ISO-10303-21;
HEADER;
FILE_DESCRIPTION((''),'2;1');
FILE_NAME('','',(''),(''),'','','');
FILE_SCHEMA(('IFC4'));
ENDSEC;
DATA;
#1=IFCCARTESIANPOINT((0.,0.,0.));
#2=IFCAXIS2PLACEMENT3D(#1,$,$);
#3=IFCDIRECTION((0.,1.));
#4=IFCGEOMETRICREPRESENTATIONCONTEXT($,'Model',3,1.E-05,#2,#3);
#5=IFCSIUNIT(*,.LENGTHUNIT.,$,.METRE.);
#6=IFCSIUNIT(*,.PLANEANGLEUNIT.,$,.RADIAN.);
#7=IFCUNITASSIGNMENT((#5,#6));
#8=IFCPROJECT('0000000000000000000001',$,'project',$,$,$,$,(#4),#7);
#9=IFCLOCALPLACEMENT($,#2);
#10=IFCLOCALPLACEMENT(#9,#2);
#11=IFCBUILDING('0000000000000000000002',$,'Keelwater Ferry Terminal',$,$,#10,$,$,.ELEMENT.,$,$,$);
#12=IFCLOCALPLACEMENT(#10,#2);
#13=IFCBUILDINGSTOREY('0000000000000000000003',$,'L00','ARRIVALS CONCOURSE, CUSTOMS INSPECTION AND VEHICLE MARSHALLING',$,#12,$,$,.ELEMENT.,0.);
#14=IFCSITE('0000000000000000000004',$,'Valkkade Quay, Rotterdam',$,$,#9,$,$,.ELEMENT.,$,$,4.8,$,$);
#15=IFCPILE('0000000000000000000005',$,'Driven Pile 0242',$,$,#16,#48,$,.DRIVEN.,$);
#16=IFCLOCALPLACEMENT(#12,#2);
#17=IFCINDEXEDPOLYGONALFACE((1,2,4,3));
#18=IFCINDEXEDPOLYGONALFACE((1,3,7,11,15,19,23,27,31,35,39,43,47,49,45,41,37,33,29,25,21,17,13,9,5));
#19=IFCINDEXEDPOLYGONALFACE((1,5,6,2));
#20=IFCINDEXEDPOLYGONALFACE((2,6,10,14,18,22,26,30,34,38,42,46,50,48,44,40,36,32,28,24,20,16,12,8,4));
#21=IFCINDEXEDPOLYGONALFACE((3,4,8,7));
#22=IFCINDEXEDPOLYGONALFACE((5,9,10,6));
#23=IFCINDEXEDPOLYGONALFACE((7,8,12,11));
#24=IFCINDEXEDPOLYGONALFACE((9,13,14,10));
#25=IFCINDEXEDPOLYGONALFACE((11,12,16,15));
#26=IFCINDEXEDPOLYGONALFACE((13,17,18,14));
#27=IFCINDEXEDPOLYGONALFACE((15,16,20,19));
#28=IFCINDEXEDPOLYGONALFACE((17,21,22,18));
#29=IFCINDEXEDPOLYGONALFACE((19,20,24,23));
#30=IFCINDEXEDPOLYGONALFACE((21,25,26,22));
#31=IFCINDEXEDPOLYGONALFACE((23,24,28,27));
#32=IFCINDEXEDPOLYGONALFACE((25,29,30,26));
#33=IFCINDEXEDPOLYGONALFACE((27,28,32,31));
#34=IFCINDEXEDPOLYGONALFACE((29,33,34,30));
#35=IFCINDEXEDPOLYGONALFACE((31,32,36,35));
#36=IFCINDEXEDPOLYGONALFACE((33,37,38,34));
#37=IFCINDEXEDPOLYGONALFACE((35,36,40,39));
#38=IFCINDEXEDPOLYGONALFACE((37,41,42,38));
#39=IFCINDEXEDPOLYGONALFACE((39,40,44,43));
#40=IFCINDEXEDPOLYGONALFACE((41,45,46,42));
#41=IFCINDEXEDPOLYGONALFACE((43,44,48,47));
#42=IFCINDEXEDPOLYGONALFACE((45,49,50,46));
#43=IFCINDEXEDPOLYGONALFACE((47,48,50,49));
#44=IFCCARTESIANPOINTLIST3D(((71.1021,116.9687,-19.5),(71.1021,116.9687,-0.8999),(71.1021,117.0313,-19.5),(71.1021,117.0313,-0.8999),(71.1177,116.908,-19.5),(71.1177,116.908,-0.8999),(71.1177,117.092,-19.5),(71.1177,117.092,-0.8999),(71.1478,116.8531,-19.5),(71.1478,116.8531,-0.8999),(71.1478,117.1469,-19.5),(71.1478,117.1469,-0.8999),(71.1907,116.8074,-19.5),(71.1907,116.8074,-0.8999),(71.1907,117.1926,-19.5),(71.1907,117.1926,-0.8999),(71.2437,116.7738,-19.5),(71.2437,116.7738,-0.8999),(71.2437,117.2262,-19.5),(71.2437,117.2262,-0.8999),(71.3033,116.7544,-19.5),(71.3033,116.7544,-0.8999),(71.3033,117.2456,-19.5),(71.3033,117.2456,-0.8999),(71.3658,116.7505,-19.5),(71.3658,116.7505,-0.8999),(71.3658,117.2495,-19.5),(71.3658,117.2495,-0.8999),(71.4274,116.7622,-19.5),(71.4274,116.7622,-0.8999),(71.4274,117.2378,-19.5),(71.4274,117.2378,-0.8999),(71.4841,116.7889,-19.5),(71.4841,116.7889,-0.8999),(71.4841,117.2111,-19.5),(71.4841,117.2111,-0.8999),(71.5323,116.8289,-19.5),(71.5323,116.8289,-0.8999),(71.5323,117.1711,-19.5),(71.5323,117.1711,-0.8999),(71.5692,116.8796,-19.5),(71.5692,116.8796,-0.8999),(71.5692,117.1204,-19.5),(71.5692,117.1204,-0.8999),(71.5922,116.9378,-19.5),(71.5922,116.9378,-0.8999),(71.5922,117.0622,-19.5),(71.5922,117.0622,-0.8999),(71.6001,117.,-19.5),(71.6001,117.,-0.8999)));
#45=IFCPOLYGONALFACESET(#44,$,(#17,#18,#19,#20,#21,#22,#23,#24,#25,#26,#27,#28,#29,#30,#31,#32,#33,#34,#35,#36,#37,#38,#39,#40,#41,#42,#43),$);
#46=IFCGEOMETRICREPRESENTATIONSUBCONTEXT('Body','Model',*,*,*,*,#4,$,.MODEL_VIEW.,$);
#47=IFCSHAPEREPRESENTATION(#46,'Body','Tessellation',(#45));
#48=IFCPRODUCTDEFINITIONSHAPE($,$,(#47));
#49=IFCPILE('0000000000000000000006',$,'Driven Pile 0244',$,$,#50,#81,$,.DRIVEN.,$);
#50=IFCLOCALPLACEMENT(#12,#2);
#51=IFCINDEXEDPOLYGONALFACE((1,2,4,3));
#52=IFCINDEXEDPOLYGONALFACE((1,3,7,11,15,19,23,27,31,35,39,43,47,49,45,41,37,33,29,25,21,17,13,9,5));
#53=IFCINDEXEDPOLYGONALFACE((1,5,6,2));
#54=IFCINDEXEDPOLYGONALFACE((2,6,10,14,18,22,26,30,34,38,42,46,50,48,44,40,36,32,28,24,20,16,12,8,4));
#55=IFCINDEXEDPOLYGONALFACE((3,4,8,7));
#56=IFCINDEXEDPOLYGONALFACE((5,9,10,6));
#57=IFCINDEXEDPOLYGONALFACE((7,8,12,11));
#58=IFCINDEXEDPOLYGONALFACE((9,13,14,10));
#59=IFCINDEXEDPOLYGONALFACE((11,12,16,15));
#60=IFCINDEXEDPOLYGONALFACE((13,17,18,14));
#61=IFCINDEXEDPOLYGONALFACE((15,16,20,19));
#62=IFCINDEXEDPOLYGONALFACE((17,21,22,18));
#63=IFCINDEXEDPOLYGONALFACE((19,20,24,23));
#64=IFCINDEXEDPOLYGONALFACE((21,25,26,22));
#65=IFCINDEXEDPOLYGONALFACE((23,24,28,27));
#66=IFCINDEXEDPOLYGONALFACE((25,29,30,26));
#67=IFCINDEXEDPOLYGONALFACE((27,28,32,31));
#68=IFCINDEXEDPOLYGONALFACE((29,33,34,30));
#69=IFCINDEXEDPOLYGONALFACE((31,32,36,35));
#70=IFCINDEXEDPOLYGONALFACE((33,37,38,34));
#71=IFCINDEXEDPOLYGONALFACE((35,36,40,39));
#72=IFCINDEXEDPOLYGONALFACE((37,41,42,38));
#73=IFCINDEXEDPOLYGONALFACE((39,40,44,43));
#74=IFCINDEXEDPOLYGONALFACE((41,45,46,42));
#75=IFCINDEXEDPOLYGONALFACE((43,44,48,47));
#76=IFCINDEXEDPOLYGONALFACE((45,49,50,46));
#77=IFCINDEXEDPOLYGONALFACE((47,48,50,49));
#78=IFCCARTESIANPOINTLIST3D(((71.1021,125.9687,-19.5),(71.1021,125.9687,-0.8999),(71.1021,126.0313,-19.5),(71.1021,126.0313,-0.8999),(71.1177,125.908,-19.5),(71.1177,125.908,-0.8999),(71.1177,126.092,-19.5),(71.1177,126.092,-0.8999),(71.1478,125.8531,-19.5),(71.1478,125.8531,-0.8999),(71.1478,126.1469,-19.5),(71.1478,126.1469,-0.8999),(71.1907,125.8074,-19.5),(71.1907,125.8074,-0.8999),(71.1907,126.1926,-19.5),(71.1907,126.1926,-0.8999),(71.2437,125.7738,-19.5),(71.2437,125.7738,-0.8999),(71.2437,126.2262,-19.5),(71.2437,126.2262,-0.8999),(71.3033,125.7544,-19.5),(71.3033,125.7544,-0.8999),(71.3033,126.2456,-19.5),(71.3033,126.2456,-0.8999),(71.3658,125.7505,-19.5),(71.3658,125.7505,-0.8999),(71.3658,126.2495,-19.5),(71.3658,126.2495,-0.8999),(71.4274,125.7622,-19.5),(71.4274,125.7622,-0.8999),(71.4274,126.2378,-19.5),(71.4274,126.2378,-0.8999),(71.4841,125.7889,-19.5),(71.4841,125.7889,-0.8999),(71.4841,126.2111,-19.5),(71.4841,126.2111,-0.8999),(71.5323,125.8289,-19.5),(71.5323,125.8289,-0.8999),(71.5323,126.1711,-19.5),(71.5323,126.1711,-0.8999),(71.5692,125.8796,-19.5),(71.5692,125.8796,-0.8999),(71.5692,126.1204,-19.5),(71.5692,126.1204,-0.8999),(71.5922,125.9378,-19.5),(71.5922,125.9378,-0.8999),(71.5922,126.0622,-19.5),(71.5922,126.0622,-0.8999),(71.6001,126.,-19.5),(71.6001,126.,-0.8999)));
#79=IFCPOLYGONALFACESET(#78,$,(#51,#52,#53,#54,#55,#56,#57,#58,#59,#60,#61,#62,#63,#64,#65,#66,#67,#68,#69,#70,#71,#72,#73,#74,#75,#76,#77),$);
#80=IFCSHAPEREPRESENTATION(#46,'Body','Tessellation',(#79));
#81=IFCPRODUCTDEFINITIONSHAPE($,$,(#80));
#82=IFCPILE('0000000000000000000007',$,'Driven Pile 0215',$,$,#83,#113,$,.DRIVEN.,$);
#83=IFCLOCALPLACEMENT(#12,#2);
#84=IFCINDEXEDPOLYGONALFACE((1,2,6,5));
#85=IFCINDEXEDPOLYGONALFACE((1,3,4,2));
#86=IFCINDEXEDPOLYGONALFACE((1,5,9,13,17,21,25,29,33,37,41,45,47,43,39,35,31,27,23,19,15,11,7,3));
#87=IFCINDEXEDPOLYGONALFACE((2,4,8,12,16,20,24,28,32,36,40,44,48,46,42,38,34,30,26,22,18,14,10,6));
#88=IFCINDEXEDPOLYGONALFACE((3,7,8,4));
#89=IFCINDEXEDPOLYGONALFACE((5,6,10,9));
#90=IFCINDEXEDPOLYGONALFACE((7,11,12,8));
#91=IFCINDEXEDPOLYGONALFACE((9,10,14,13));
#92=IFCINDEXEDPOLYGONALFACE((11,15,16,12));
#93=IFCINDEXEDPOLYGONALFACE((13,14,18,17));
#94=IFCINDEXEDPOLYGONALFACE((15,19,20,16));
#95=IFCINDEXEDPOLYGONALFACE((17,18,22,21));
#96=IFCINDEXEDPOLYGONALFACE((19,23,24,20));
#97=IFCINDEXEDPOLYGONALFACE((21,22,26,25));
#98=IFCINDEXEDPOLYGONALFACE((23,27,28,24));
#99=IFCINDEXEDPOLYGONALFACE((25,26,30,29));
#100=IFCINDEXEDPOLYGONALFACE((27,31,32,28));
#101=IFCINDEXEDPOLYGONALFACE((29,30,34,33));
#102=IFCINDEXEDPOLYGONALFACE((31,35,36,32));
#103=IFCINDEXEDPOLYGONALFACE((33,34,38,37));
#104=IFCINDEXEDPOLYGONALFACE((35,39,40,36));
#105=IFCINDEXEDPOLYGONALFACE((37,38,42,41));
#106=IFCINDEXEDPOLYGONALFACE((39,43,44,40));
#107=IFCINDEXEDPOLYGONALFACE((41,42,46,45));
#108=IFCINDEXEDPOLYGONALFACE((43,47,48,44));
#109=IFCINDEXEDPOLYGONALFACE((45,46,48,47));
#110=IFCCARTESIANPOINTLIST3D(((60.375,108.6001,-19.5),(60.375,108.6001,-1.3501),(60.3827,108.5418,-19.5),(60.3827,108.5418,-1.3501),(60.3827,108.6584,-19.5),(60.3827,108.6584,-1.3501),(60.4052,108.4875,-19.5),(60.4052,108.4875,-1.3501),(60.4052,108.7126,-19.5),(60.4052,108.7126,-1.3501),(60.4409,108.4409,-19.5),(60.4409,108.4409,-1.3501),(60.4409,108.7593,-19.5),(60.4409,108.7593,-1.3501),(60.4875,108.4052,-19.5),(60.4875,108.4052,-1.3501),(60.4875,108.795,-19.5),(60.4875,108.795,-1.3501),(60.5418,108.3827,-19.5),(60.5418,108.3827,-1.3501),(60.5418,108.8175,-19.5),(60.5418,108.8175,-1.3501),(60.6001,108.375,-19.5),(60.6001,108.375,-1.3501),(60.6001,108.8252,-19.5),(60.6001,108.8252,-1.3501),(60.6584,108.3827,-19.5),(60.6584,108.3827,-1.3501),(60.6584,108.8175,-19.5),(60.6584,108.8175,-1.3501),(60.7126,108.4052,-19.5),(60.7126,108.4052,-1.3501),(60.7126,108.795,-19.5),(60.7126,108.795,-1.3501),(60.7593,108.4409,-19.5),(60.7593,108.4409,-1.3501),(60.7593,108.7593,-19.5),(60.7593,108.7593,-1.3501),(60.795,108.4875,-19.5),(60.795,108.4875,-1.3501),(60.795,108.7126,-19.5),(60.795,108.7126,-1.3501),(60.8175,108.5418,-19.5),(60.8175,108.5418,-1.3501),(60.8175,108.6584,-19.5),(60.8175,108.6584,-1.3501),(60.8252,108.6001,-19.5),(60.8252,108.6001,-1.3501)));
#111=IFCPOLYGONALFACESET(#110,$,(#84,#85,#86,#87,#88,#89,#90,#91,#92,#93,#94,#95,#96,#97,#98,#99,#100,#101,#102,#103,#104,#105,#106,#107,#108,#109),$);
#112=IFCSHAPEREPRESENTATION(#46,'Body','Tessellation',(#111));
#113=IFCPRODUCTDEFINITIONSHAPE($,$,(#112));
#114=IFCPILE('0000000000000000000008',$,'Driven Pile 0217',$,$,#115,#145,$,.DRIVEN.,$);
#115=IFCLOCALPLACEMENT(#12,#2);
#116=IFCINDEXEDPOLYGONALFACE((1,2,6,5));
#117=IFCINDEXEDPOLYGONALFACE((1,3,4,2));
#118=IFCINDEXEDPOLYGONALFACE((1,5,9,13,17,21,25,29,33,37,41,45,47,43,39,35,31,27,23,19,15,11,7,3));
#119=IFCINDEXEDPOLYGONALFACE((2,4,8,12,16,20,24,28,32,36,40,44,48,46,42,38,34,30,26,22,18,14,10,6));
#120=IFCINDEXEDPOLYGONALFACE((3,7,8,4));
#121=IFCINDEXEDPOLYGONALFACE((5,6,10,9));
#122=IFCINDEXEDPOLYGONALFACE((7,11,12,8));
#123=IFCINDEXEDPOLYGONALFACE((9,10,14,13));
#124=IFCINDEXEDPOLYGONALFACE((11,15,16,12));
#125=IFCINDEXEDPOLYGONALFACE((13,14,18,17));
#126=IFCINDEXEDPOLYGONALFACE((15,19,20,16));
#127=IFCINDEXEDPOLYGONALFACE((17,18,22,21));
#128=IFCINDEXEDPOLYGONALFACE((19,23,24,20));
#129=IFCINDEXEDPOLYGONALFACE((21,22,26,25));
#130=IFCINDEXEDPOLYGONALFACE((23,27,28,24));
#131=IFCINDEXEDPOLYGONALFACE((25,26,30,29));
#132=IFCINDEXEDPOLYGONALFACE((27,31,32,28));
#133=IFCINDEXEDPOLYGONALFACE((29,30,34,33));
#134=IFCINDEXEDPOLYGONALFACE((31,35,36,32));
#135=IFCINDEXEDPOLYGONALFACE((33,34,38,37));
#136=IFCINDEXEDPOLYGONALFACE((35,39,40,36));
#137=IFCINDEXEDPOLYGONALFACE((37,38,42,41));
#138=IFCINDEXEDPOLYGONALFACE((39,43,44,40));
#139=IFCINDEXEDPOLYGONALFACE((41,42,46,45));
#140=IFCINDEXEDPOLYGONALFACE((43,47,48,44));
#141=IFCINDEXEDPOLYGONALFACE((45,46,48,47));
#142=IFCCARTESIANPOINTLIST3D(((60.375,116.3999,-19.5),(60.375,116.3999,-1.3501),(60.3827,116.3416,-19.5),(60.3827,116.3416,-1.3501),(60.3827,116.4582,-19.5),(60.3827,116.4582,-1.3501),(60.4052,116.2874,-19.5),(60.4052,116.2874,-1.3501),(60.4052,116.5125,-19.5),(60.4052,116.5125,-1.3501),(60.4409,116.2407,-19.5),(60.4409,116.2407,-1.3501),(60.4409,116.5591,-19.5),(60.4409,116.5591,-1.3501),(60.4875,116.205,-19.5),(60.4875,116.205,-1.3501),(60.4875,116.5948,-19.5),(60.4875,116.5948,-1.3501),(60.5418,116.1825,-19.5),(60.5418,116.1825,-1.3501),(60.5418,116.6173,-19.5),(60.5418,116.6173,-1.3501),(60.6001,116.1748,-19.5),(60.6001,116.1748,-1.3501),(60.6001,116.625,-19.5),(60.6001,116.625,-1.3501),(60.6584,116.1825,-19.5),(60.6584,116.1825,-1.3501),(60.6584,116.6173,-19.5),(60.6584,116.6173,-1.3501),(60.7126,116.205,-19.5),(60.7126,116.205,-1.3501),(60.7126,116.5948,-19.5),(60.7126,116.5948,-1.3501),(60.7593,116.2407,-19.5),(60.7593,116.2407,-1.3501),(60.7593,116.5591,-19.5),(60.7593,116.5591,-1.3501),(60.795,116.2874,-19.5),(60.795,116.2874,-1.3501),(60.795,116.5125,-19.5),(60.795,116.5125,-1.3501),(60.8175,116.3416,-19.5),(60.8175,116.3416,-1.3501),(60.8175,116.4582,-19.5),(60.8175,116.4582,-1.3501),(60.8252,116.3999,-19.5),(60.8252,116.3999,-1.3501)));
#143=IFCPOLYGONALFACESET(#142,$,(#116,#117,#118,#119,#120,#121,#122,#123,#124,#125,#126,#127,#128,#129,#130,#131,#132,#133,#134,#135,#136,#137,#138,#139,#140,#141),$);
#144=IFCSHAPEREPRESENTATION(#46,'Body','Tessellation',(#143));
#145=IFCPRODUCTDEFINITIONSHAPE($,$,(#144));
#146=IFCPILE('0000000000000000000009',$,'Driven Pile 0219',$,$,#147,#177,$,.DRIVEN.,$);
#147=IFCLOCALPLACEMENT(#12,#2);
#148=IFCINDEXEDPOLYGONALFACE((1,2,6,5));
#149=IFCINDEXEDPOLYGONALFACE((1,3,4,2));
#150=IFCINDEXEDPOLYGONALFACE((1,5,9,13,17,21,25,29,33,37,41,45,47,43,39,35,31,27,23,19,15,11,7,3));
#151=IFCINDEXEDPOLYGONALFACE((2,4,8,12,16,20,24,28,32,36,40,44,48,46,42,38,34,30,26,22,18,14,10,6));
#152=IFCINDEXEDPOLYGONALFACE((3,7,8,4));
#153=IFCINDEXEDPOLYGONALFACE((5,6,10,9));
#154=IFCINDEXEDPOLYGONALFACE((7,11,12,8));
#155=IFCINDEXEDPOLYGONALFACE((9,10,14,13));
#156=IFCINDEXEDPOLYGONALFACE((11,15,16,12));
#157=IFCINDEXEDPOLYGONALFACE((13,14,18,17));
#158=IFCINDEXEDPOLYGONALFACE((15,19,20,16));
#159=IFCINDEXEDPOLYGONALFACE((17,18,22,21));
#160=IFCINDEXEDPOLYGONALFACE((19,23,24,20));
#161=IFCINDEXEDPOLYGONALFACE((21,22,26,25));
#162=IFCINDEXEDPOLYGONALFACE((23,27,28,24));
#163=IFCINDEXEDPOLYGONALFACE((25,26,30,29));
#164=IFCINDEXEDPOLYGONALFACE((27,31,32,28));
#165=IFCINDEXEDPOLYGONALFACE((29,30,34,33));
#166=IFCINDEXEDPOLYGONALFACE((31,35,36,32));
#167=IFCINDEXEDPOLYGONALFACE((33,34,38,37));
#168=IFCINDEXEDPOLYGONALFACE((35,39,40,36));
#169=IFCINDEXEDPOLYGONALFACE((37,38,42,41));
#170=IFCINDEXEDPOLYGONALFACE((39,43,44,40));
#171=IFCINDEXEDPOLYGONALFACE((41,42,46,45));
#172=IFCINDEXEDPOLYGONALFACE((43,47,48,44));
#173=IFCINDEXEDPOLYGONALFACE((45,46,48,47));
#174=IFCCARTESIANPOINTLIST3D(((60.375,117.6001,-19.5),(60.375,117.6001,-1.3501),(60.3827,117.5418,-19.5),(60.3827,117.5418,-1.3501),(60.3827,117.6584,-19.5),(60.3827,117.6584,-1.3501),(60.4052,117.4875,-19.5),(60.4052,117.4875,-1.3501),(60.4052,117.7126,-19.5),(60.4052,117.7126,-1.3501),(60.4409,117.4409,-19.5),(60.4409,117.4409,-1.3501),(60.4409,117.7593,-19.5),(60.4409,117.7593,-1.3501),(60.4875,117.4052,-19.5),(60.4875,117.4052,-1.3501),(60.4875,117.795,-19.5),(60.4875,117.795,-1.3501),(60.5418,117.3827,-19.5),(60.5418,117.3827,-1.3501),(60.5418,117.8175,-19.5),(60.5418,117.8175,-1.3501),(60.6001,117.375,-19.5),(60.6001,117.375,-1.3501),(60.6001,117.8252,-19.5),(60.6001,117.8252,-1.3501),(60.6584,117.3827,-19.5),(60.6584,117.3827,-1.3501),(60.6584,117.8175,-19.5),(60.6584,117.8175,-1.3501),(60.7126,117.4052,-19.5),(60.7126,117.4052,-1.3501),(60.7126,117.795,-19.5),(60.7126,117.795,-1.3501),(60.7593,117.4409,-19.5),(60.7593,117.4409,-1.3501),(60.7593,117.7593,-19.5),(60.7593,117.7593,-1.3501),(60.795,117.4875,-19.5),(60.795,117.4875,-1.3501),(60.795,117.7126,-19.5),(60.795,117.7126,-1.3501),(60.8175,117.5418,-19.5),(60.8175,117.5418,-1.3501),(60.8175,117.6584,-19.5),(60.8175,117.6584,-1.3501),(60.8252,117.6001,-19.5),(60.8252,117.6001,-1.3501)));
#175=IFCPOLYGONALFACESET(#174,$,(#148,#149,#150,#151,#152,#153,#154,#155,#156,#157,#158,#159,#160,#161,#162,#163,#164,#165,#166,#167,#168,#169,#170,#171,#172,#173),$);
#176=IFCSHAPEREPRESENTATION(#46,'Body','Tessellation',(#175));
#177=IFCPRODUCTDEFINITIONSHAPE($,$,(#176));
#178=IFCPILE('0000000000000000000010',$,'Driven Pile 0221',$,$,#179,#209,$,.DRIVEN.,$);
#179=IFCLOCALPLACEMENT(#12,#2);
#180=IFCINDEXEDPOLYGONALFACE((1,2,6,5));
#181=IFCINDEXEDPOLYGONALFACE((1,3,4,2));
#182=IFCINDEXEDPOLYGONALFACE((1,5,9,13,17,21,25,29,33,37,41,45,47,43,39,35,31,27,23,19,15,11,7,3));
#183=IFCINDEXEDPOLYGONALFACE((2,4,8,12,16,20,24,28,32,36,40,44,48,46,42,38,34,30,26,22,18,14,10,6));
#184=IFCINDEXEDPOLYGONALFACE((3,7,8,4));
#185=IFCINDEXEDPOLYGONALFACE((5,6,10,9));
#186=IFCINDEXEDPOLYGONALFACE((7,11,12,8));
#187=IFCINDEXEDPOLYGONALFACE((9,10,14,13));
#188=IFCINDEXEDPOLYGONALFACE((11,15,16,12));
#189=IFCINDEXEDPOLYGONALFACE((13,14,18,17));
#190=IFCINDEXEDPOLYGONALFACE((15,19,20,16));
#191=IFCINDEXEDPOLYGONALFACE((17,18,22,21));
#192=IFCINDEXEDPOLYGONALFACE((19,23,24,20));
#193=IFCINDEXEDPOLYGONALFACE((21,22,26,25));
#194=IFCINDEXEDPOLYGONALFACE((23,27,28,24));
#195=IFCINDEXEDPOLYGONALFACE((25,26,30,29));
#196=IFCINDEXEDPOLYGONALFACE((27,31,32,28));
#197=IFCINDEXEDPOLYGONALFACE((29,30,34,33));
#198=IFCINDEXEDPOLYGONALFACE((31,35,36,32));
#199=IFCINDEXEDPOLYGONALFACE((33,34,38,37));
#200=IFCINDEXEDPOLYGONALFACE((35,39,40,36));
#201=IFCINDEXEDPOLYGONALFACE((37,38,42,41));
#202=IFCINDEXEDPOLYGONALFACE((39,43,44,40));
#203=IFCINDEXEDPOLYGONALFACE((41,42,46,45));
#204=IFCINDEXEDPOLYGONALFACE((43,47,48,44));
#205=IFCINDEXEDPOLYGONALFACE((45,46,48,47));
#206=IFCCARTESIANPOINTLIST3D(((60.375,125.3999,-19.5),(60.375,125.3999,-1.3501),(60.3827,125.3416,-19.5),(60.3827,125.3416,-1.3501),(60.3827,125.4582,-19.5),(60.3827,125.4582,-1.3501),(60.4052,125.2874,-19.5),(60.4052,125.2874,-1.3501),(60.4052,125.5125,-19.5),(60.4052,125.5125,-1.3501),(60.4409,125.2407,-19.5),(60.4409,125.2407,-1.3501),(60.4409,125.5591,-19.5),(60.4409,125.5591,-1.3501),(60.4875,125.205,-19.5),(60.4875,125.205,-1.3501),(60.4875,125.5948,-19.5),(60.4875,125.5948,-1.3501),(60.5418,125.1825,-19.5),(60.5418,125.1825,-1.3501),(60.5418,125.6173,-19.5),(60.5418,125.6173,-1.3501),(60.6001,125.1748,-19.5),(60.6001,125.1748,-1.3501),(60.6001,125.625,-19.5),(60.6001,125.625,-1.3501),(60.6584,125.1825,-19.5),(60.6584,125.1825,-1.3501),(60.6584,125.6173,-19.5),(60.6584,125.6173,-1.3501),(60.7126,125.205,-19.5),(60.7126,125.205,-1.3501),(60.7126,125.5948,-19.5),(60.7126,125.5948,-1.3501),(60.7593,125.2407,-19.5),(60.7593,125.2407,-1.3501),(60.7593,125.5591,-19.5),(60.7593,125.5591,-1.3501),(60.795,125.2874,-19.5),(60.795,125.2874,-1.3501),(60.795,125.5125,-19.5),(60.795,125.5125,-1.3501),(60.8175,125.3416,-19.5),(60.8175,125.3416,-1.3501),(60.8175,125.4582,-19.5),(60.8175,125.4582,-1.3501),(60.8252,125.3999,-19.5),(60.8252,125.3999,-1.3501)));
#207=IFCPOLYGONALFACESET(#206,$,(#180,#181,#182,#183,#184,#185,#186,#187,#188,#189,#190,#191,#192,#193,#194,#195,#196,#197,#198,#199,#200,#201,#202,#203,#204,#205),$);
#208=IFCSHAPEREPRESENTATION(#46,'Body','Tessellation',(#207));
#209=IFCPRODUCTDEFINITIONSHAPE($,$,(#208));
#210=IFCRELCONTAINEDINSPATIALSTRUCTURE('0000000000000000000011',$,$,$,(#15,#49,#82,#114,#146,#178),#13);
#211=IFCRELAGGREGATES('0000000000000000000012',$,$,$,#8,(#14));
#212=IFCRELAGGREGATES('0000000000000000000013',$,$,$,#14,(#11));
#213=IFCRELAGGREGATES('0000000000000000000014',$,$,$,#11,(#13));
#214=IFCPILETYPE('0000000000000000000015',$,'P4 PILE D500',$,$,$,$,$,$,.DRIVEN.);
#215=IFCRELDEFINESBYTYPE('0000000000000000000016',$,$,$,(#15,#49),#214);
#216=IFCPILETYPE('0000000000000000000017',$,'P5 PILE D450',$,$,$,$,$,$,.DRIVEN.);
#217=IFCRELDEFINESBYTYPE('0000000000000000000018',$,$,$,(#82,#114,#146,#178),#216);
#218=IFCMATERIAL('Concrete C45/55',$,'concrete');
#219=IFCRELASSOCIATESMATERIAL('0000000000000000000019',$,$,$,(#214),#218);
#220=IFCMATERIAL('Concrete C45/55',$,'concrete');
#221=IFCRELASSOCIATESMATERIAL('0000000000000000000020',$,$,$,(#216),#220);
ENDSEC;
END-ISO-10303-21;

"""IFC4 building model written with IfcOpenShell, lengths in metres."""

from ifc_helpers import new_model, si_unit, direction, frame, origin, origin_2d, place, context, subcontext, project, spatial, circle, extrude, material, material_profile, profile_set, type_object, element, save


model = new_model("IFC4")

# Units and contexts
model_context = context("Model", 3, precision=1e-05, world=origin(), true_north=direction((0.0, 1.0)))
body_context = subcontext(model_context, "Body", "Model", "MODEL_VIEW")
ifc_project = project(units=[si_unit("LENGTHUNIT", "METRE"), si_unit("PLANEANGLEUNIT", "RADIAN")], contexts=[model_context])

# Site, building, storey
site_placement = place(None, origin())
site = spatial("IfcSite", under=ifc_project, at=site_placement, Name="Valkkade Quay, Rotterdam", CompositionType="ELEMENT", RefElevation=4.8)
building_placement = place(site_placement, origin())
building = spatial("IfcBuilding", under=site, at=building_placement, Name="Keelwater Ferry Terminal", CompositionType="ELEMENT")
storey_placement = place(building_placement, origin())
storey = spatial("IfcBuildingStorey", under=building, at=storey_placement, Name="L00", Description="ARRIVALS CONCOURSE, CUSTOMS INSPECTION AND VEHICLE MARSHALLING", CompositionType="ELEMENT", Elevation=0.0)

# Piles
ifc_material_1 = material(Name="Concrete C45/55", Category="concrete")
ifc_material_profile_1 = material_profile(ifc_material_1, circle(Radius=0.25, at=origin_2d()), Name="PILE D500")
ifc_profile_set_1 = profile_set([ifc_material_profile_1], Name="Concrete C45/55")
pile_type_1 = type_object("IfcPileType", Name="P4 PILE D500", PredefinedType="DRIVEN", material=ifc_profile_set_1)
for number, where, z_axis, x_axis, name in (
    (1, (71.3501, 117.0, -0.8999), (0.0, 0.0, -1.0), (1.0, 0.0, 0.0), "Driven Pile 0242"),
    (2, (71.3501, 126.0, -0.8999), (0.0, 0.0, -1.0), (1.0, 0.0, 0.0), "Driven Pile 0244"),
):
    element("IfcPile", number, at=place(storey_placement, frame(where, z_axis=z_axis, x_axis=x_axis)), inside=storey, type_object=pile_type_1, Name=name, PredefinedType="DRIVEN", context=body_context, shape_type="SweptSolid", body=[
        extrude(circle(Radius=0.25, at=origin_2d()), origin(), (0.0, 0.0, 1.0), 18.6001),
    ])
ifc_material_2 = material(Name="Concrete C45/55", Category="concrete")
ifc_material_profile_2 = material_profile(ifc_material_2, circle(Radius=0.2251, at=origin_2d()), Name="PILE D450")
ifc_profile_set_2 = profile_set([ifc_material_profile_2], Name="Concrete C45/55")
pile_type_2 = type_object("IfcPileType", Name="P5 PILE D450", PredefinedType="DRIVEN", material=ifc_profile_set_2)
for number, where, z_axis, x_axis, name in (
    (3, (60.6001, 108.6001, -1.3501), (0.0, 0.0, -1.0), (1.0, 0.0, 0.0), "Driven Pile 0215"),
    (4, (60.6001, 116.3999, -1.3501), (0.0, 0.0, -1.0), (1.0, 0.0, 0.0), "Driven Pile 0217"),
    (5, (60.6001, 117.6001, -1.3501), (0.0, 0.0, -1.0), (1.0, 0.0, 0.0), "Driven Pile 0219"),
    (6, (60.6001, 125.3999, -1.3501), (0.0, 0.0, -1.0), (1.0, 0.0, 0.0), "Driven Pile 0221"),
):
    element("IfcPile", number, at=place(storey_placement, frame(where, z_axis=z_axis, x_axis=x_axis)), inside=storey, type_object=pile_type_2, Name=name, PredefinedType="DRIVEN", context=body_context, shape_type="SweptSolid", body=[
        extrude(circle(Radius=0.2251, at=origin_2d()), origin(), (0.0, 0.0, 1.0), 18.1499),
    ])

save(model, "model.ifc")
